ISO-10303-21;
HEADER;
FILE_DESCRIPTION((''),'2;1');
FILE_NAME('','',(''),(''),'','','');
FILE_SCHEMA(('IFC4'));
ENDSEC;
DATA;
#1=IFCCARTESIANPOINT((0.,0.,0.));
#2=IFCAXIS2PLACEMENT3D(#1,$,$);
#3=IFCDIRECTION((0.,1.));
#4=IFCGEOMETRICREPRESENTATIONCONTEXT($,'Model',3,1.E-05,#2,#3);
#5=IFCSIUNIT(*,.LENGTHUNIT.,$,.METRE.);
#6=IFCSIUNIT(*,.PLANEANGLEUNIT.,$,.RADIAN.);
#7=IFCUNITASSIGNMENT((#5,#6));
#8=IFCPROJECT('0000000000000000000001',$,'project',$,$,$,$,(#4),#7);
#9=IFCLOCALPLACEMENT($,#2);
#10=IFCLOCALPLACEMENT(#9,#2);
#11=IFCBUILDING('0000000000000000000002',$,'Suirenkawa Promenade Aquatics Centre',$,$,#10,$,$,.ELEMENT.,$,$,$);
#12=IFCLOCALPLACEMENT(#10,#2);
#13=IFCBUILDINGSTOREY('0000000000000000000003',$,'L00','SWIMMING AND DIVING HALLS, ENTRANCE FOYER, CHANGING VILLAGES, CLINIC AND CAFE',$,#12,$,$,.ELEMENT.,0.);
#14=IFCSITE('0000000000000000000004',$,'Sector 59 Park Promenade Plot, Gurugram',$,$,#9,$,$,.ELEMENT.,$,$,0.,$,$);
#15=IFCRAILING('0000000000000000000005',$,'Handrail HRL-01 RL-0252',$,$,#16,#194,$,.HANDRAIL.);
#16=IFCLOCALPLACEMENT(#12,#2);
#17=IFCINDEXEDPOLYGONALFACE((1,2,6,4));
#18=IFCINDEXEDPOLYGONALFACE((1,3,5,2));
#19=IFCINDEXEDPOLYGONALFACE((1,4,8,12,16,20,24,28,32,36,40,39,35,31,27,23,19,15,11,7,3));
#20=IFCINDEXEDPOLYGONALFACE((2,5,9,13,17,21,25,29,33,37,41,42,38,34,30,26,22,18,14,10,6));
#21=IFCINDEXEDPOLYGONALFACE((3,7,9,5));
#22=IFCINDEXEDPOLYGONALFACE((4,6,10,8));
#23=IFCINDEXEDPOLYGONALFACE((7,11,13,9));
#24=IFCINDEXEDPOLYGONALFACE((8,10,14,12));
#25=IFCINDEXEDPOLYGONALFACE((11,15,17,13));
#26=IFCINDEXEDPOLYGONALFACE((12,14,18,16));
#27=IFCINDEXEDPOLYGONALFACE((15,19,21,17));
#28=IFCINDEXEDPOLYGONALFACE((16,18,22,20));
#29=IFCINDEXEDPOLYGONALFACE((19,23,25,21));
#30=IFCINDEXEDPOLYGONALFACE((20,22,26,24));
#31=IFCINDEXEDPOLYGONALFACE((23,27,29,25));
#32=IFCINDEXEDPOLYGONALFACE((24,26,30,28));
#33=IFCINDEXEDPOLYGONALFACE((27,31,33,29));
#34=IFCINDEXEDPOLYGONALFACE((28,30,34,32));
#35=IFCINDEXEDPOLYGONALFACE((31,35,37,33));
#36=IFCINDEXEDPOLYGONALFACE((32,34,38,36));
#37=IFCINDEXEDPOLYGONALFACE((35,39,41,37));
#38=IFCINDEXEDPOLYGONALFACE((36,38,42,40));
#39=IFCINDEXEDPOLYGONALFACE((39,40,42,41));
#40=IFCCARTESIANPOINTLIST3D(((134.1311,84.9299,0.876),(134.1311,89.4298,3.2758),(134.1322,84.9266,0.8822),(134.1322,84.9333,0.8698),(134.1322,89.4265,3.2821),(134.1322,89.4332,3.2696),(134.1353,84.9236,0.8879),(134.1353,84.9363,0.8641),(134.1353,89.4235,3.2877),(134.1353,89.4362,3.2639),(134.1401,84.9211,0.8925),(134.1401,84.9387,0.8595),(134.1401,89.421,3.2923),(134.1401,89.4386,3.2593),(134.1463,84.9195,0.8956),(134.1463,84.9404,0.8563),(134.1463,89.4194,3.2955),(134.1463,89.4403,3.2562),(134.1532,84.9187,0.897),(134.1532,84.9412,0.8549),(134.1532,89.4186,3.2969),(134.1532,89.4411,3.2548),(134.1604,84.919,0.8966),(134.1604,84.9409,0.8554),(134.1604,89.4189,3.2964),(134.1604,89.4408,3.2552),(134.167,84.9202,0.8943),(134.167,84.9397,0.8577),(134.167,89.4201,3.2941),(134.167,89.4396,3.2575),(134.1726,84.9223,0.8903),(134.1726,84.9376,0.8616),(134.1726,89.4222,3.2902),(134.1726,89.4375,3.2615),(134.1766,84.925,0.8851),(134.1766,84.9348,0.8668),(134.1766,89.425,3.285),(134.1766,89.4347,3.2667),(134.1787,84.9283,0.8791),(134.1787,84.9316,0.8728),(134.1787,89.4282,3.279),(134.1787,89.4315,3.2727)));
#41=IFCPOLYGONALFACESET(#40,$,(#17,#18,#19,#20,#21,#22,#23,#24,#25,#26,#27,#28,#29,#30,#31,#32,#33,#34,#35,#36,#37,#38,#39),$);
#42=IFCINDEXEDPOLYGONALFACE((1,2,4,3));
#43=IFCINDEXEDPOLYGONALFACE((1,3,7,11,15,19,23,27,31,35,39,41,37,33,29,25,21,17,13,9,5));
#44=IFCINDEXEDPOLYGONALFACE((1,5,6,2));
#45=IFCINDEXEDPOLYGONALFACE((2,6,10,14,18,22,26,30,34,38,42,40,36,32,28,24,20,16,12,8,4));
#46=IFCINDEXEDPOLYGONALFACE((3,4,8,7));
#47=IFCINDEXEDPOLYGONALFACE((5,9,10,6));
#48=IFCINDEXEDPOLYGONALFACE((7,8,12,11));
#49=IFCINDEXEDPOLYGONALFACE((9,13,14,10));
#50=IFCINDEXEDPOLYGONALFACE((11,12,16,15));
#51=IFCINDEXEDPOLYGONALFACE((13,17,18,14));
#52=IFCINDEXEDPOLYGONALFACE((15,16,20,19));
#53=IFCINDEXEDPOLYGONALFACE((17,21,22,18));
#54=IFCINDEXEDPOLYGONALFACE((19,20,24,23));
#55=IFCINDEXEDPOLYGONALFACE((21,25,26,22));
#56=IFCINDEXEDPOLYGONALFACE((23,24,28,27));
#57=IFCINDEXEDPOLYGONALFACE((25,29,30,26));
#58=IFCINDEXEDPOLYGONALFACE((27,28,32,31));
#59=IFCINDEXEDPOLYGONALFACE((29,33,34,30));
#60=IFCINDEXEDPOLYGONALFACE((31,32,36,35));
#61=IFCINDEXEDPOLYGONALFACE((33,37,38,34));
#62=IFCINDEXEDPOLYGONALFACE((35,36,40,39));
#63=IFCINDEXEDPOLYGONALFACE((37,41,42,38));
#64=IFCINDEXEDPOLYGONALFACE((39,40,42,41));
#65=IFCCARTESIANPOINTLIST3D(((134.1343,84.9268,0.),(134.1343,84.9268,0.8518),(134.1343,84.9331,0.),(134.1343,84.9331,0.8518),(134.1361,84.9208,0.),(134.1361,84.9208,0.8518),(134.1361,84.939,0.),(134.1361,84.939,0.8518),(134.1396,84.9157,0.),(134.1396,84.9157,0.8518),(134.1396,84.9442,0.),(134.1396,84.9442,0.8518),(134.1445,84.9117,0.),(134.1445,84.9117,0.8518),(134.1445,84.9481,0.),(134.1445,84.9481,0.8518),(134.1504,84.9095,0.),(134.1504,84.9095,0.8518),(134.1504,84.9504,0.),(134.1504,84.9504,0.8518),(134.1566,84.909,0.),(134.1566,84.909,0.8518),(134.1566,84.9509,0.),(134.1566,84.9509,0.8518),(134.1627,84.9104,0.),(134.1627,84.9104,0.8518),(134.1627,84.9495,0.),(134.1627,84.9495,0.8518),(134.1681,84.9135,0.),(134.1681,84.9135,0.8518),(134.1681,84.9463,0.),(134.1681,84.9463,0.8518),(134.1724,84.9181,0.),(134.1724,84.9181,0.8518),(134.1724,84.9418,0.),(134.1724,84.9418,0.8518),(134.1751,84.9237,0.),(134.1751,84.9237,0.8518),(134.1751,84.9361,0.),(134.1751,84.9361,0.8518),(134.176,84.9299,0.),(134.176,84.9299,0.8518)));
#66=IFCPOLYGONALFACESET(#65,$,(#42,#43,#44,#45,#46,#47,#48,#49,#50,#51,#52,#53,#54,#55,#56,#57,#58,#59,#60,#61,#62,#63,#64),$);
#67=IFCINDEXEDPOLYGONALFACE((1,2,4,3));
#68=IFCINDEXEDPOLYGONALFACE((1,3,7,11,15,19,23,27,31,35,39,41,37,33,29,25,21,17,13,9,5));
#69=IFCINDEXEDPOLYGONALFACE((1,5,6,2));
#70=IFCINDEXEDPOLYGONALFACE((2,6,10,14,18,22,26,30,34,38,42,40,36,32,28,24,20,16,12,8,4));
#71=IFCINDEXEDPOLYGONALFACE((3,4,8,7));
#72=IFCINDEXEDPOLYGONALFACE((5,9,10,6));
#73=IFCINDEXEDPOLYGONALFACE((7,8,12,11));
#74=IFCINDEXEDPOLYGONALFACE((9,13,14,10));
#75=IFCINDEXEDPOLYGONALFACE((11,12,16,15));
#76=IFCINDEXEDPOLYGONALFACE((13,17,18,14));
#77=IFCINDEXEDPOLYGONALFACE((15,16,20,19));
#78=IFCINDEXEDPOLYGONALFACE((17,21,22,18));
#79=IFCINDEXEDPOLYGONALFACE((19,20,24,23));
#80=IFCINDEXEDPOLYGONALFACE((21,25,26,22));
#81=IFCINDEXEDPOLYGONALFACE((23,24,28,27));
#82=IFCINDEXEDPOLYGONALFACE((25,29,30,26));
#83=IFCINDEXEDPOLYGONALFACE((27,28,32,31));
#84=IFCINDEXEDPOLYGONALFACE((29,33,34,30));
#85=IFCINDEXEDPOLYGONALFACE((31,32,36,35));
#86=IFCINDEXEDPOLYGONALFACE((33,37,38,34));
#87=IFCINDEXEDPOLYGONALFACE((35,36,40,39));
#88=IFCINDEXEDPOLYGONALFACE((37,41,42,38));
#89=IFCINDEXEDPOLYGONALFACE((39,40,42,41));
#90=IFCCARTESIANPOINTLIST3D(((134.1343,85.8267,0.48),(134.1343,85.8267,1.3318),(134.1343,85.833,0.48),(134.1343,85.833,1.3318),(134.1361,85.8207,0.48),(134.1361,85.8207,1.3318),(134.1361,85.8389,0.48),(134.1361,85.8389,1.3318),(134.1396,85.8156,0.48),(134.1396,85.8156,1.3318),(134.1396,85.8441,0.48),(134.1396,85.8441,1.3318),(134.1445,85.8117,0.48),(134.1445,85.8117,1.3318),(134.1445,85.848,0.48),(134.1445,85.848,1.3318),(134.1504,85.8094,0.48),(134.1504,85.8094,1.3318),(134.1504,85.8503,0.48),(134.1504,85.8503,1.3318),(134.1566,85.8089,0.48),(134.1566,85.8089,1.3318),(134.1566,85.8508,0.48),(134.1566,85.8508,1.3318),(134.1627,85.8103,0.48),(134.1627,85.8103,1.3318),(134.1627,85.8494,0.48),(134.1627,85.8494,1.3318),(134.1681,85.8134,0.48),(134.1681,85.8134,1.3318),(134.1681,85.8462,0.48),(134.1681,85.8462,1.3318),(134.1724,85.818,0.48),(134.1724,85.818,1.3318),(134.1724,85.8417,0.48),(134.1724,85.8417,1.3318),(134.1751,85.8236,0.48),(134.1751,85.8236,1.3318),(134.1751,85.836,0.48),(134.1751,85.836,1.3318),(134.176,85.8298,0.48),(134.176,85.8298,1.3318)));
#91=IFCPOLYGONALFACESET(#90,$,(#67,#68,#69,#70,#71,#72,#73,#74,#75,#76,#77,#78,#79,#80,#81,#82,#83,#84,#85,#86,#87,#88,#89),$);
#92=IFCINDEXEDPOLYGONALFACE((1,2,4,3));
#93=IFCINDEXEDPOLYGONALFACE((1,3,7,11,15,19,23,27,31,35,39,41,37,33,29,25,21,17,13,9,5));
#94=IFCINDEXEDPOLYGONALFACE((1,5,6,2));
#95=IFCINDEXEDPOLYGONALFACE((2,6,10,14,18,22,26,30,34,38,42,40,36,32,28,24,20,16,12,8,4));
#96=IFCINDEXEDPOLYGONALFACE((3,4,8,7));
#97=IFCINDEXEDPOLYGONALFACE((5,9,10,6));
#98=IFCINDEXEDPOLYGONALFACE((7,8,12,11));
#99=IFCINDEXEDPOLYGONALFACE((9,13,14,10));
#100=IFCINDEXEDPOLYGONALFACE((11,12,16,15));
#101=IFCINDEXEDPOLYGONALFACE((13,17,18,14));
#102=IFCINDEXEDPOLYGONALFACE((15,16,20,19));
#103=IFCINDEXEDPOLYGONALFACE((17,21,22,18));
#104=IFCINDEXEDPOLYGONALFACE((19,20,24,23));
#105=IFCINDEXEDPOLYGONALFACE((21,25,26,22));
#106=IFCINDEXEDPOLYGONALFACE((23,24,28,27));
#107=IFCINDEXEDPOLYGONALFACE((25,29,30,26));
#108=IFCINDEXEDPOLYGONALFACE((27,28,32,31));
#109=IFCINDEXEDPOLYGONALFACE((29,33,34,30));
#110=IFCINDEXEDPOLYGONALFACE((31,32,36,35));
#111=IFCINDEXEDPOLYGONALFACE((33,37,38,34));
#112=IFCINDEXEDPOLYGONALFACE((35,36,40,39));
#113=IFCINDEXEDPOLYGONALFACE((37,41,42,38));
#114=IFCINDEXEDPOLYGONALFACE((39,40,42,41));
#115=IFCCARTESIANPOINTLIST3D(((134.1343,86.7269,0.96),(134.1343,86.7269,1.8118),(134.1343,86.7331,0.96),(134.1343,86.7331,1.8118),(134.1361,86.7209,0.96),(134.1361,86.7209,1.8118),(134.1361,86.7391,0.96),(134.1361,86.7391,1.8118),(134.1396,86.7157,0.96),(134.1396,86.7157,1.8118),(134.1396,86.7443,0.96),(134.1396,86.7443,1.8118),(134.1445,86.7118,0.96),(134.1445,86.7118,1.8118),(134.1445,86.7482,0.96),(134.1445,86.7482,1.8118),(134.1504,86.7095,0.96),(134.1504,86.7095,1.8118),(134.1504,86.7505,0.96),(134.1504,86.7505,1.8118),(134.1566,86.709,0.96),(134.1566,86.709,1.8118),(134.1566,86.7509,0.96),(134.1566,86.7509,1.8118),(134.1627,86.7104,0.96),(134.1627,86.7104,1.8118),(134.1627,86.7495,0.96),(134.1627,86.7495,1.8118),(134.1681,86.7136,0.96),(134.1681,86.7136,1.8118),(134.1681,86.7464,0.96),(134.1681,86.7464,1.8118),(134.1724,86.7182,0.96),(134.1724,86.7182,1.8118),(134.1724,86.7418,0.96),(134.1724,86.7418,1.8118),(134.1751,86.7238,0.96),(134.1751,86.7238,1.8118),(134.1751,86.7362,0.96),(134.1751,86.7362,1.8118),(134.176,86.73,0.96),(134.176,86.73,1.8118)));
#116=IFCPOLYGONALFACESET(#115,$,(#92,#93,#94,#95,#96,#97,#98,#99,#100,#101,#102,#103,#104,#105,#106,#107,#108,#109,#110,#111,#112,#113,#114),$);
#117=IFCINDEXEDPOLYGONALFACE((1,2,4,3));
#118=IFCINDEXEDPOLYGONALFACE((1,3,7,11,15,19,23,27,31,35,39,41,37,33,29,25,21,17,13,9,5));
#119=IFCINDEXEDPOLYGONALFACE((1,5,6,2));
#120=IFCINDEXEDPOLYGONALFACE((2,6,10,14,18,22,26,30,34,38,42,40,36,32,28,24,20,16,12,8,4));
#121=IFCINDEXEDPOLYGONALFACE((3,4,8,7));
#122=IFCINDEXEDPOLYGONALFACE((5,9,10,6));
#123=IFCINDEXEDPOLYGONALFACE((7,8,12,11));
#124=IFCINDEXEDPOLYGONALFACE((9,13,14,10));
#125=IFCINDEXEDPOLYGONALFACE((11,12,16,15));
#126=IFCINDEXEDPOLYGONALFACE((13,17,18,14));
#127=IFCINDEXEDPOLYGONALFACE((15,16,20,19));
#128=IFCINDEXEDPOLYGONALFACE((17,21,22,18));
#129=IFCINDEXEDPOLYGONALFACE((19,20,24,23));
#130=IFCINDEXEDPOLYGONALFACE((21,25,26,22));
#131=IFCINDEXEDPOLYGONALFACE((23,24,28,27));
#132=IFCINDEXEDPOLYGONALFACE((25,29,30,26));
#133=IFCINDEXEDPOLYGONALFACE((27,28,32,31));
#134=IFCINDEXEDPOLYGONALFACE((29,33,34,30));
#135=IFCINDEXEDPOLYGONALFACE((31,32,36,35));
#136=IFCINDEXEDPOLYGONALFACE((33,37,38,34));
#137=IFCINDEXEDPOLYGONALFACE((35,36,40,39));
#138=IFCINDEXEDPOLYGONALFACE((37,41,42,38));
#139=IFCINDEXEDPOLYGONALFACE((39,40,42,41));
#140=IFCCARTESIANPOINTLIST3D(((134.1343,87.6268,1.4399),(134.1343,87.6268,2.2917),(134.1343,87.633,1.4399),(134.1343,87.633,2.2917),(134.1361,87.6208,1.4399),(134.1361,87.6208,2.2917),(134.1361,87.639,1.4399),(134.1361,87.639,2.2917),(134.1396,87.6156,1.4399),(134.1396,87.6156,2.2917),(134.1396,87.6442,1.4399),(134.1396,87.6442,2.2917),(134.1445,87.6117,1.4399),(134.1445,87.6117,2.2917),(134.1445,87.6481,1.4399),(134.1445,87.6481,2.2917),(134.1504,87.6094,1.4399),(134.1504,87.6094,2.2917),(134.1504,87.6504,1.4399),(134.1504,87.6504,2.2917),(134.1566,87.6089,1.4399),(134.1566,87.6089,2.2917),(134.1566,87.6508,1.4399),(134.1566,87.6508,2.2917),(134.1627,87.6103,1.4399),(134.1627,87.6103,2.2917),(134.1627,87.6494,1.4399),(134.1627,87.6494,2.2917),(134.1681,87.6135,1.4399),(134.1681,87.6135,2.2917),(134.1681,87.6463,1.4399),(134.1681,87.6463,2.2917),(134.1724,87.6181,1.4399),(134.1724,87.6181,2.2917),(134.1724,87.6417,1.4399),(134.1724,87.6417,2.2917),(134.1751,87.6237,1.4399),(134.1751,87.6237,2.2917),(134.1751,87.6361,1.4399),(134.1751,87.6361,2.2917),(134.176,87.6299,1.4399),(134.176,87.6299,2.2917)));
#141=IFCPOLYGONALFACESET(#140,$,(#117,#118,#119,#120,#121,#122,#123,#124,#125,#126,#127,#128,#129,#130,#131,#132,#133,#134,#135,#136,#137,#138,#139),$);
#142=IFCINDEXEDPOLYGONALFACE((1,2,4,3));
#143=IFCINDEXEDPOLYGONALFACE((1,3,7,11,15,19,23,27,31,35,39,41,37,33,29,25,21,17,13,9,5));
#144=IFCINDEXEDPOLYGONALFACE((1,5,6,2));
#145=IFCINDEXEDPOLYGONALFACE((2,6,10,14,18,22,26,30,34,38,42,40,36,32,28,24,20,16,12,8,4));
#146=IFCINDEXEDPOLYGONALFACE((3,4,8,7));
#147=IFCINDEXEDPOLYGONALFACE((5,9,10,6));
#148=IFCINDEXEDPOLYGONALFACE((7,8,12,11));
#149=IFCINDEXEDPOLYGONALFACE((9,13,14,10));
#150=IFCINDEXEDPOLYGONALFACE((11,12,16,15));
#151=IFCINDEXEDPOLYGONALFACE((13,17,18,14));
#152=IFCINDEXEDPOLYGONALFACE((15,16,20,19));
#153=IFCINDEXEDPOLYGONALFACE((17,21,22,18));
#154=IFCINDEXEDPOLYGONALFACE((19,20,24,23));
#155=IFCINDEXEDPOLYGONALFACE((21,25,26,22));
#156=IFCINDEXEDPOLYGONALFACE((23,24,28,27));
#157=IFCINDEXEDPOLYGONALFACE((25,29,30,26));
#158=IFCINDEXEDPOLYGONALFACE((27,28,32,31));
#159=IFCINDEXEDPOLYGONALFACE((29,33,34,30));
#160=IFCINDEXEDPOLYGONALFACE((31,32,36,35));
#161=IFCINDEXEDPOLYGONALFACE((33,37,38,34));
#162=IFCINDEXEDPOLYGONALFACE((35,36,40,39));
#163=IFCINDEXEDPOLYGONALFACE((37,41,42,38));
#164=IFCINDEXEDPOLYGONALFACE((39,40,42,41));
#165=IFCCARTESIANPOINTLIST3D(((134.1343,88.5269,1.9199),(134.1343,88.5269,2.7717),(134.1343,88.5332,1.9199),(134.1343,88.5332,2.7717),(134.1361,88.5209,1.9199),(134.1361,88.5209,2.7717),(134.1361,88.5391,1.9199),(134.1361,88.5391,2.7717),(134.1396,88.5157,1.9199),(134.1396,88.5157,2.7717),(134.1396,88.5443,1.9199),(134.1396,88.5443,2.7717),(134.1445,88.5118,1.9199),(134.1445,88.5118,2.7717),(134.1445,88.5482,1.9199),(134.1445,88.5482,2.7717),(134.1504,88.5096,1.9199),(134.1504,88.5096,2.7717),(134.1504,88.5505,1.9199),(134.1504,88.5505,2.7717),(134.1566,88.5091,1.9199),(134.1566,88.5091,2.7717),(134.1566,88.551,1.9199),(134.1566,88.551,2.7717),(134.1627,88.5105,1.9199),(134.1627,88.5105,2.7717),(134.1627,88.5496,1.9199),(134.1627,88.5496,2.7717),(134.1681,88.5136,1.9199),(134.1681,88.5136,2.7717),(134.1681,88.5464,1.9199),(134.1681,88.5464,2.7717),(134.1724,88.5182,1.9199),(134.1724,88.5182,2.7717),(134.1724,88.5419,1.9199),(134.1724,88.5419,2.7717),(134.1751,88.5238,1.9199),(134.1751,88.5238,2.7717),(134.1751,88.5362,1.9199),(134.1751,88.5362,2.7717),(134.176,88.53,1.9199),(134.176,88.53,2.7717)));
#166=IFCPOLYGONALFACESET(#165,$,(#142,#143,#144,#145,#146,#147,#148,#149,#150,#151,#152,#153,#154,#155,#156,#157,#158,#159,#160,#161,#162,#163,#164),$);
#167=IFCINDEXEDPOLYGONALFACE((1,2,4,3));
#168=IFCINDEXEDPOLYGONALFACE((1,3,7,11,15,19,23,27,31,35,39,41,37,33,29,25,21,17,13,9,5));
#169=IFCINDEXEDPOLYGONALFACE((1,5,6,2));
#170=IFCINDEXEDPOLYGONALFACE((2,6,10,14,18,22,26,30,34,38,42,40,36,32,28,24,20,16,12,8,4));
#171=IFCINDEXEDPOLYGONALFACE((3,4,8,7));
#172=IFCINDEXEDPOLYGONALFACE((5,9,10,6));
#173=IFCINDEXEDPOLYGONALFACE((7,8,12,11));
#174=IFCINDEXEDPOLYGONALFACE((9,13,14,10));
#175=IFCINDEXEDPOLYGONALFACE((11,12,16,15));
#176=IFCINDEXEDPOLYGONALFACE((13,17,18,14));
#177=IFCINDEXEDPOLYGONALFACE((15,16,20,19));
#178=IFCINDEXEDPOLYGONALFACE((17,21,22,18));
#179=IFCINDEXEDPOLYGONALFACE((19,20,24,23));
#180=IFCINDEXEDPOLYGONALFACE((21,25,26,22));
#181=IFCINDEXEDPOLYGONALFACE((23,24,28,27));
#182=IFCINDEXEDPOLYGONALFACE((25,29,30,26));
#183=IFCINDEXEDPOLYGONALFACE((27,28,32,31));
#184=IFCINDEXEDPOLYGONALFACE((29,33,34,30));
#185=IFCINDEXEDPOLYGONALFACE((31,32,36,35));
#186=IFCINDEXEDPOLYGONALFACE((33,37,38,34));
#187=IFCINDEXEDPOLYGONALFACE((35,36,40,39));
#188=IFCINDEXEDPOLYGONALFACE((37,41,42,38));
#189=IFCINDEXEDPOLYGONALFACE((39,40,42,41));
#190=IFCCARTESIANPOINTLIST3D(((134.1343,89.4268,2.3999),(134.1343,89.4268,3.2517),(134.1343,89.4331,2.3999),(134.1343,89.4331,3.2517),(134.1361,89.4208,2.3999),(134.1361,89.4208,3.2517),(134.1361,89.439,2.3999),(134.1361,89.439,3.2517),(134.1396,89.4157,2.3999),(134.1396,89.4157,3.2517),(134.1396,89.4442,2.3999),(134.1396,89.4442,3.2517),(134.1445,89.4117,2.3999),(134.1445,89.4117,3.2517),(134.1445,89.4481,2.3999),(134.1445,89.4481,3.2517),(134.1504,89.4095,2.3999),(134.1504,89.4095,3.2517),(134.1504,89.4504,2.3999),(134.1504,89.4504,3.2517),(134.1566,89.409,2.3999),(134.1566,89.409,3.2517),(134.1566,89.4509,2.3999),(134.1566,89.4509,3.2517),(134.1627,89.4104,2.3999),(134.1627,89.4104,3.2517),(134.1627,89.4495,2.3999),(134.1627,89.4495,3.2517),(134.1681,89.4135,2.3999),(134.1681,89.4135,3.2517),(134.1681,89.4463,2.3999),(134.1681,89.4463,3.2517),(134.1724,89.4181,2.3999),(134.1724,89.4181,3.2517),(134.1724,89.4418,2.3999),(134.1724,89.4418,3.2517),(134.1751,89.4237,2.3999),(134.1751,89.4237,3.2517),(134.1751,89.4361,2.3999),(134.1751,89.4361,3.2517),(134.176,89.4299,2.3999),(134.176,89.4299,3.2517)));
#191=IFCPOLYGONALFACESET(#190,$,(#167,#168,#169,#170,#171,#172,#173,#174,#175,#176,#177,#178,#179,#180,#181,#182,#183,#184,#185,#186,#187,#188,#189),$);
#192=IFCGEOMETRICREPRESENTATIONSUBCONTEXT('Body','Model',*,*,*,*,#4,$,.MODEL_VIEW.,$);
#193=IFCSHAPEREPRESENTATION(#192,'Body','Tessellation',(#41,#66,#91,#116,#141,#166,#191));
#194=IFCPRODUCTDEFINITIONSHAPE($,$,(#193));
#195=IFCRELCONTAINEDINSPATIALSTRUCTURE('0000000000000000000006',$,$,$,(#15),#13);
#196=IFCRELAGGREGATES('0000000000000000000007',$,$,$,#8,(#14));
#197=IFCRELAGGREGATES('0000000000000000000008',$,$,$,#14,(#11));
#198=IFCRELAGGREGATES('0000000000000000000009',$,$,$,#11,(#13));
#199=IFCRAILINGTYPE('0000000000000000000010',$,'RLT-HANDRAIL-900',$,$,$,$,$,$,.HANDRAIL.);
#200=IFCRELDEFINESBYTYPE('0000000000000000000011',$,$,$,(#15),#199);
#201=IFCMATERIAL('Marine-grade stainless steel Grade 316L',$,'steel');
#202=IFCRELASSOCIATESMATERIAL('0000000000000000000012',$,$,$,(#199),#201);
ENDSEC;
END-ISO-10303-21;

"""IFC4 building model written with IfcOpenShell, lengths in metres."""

from ifc_helpers import new_model, si_unit, direction, frame, origin, origin_2d, place, context, subcontext, project, spatial, circle, extrude, material, type_object, element, save


model = new_model("IFC4")

# Units and contexts
model_context = context("Model", 3, precision=1e-05, world=origin(), true_north=direction((0.0, 1.0)))
body_context = subcontext(model_context, "Body", "Model", "MODEL_VIEW")
ifc_project = project(units=[si_unit("LENGTHUNIT", "METRE"), si_unit("PLANEANGLEUNIT", "RADIAN")], contexts=[model_context])

# Site, building, storey
site_placement = place(None, origin())
site = spatial("IfcSite", under=ifc_project, at=site_placement, Name="Sector 59 Park Promenade Plot, Gurugram", CompositionType="ELEMENT", RefElevation=0.0)
building_placement = place(site_placement, origin())
building = spatial("IfcBuilding", under=site, at=building_placement, Name="Suirenkawa Promenade Aquatics Centre", CompositionType="ELEMENT")
storey_placement = place(building_placement, origin())
storey = spatial("IfcBuildingStorey", under=building, at=storey_placement, Name="L00", Description="SWIMMING AND DIVING HALLS, ENTRANCE FOYER, CHANGING VILLAGES, CLINIC AND CAFE", CompositionType="ELEMENT", Elevation=0.0)

# Railing
ifc_material_1 = material(Name="Marine-grade stainless steel Grade 316L", Category="steel")
railing_type_1 = type_object("IfcRailingType", Name="RLT-HANDRAIL-900", PredefinedType="HANDRAIL", material=ifc_material_1)
for number, where, name in (
    (1, (134.155, 84.9299, 0.0), "Handrail HRL-01 RL-0252"),
):
    element("IfcRailing", number, at=place(storey_placement, frame(where)), inside=storey, type_object=railing_type_1, Name=name, PredefinedType="HANDRAIL", context=body_context, shape_type="SweptSolid", body=[
        extrude(circle(Radius=0.0239, at=origin_2d()), frame((0.0, 0.0, 0.876), z_axis=(0.0, 0.882361, 0.470573), x_axis=(-1.0, 0.0, 0.0)), (0.0, 0.0, 1.0), 5.0999),
        extrude(circle(Radius=0.021, at=origin_2d()), origin(), (0.0, 0.0, 1.0), 0.8518),
        extrude(circle(Radius=0.021, at=origin_2d()), frame((0.0, 0.8999, 0.48)), (0.0, 0.0, 1.0), 0.8518),
        extrude(circle(Radius=0.021, at=origin_2d()), frame((0.0, 1.8, 0.96)), (0.0, 0.0, 1.0), 0.8518),
        extrude(circle(Radius=0.021, at=origin_2d()), frame((0.0, 2.7, 1.4399)), (0.0, 0.0, 1.0), 0.8518),
        extrude(circle(Radius=0.021, at=origin_2d()), frame((0.0, 3.6001, 1.9199)), (0.0, 0.0, 1.0), 0.8518),
        extrude(circle(Radius=0.021, at=origin_2d()), frame((0.0, 4.5, 2.3999)), (0.0, 0.0, 1.0), 0.8518),
    ])

save(model, "model.ifc")
